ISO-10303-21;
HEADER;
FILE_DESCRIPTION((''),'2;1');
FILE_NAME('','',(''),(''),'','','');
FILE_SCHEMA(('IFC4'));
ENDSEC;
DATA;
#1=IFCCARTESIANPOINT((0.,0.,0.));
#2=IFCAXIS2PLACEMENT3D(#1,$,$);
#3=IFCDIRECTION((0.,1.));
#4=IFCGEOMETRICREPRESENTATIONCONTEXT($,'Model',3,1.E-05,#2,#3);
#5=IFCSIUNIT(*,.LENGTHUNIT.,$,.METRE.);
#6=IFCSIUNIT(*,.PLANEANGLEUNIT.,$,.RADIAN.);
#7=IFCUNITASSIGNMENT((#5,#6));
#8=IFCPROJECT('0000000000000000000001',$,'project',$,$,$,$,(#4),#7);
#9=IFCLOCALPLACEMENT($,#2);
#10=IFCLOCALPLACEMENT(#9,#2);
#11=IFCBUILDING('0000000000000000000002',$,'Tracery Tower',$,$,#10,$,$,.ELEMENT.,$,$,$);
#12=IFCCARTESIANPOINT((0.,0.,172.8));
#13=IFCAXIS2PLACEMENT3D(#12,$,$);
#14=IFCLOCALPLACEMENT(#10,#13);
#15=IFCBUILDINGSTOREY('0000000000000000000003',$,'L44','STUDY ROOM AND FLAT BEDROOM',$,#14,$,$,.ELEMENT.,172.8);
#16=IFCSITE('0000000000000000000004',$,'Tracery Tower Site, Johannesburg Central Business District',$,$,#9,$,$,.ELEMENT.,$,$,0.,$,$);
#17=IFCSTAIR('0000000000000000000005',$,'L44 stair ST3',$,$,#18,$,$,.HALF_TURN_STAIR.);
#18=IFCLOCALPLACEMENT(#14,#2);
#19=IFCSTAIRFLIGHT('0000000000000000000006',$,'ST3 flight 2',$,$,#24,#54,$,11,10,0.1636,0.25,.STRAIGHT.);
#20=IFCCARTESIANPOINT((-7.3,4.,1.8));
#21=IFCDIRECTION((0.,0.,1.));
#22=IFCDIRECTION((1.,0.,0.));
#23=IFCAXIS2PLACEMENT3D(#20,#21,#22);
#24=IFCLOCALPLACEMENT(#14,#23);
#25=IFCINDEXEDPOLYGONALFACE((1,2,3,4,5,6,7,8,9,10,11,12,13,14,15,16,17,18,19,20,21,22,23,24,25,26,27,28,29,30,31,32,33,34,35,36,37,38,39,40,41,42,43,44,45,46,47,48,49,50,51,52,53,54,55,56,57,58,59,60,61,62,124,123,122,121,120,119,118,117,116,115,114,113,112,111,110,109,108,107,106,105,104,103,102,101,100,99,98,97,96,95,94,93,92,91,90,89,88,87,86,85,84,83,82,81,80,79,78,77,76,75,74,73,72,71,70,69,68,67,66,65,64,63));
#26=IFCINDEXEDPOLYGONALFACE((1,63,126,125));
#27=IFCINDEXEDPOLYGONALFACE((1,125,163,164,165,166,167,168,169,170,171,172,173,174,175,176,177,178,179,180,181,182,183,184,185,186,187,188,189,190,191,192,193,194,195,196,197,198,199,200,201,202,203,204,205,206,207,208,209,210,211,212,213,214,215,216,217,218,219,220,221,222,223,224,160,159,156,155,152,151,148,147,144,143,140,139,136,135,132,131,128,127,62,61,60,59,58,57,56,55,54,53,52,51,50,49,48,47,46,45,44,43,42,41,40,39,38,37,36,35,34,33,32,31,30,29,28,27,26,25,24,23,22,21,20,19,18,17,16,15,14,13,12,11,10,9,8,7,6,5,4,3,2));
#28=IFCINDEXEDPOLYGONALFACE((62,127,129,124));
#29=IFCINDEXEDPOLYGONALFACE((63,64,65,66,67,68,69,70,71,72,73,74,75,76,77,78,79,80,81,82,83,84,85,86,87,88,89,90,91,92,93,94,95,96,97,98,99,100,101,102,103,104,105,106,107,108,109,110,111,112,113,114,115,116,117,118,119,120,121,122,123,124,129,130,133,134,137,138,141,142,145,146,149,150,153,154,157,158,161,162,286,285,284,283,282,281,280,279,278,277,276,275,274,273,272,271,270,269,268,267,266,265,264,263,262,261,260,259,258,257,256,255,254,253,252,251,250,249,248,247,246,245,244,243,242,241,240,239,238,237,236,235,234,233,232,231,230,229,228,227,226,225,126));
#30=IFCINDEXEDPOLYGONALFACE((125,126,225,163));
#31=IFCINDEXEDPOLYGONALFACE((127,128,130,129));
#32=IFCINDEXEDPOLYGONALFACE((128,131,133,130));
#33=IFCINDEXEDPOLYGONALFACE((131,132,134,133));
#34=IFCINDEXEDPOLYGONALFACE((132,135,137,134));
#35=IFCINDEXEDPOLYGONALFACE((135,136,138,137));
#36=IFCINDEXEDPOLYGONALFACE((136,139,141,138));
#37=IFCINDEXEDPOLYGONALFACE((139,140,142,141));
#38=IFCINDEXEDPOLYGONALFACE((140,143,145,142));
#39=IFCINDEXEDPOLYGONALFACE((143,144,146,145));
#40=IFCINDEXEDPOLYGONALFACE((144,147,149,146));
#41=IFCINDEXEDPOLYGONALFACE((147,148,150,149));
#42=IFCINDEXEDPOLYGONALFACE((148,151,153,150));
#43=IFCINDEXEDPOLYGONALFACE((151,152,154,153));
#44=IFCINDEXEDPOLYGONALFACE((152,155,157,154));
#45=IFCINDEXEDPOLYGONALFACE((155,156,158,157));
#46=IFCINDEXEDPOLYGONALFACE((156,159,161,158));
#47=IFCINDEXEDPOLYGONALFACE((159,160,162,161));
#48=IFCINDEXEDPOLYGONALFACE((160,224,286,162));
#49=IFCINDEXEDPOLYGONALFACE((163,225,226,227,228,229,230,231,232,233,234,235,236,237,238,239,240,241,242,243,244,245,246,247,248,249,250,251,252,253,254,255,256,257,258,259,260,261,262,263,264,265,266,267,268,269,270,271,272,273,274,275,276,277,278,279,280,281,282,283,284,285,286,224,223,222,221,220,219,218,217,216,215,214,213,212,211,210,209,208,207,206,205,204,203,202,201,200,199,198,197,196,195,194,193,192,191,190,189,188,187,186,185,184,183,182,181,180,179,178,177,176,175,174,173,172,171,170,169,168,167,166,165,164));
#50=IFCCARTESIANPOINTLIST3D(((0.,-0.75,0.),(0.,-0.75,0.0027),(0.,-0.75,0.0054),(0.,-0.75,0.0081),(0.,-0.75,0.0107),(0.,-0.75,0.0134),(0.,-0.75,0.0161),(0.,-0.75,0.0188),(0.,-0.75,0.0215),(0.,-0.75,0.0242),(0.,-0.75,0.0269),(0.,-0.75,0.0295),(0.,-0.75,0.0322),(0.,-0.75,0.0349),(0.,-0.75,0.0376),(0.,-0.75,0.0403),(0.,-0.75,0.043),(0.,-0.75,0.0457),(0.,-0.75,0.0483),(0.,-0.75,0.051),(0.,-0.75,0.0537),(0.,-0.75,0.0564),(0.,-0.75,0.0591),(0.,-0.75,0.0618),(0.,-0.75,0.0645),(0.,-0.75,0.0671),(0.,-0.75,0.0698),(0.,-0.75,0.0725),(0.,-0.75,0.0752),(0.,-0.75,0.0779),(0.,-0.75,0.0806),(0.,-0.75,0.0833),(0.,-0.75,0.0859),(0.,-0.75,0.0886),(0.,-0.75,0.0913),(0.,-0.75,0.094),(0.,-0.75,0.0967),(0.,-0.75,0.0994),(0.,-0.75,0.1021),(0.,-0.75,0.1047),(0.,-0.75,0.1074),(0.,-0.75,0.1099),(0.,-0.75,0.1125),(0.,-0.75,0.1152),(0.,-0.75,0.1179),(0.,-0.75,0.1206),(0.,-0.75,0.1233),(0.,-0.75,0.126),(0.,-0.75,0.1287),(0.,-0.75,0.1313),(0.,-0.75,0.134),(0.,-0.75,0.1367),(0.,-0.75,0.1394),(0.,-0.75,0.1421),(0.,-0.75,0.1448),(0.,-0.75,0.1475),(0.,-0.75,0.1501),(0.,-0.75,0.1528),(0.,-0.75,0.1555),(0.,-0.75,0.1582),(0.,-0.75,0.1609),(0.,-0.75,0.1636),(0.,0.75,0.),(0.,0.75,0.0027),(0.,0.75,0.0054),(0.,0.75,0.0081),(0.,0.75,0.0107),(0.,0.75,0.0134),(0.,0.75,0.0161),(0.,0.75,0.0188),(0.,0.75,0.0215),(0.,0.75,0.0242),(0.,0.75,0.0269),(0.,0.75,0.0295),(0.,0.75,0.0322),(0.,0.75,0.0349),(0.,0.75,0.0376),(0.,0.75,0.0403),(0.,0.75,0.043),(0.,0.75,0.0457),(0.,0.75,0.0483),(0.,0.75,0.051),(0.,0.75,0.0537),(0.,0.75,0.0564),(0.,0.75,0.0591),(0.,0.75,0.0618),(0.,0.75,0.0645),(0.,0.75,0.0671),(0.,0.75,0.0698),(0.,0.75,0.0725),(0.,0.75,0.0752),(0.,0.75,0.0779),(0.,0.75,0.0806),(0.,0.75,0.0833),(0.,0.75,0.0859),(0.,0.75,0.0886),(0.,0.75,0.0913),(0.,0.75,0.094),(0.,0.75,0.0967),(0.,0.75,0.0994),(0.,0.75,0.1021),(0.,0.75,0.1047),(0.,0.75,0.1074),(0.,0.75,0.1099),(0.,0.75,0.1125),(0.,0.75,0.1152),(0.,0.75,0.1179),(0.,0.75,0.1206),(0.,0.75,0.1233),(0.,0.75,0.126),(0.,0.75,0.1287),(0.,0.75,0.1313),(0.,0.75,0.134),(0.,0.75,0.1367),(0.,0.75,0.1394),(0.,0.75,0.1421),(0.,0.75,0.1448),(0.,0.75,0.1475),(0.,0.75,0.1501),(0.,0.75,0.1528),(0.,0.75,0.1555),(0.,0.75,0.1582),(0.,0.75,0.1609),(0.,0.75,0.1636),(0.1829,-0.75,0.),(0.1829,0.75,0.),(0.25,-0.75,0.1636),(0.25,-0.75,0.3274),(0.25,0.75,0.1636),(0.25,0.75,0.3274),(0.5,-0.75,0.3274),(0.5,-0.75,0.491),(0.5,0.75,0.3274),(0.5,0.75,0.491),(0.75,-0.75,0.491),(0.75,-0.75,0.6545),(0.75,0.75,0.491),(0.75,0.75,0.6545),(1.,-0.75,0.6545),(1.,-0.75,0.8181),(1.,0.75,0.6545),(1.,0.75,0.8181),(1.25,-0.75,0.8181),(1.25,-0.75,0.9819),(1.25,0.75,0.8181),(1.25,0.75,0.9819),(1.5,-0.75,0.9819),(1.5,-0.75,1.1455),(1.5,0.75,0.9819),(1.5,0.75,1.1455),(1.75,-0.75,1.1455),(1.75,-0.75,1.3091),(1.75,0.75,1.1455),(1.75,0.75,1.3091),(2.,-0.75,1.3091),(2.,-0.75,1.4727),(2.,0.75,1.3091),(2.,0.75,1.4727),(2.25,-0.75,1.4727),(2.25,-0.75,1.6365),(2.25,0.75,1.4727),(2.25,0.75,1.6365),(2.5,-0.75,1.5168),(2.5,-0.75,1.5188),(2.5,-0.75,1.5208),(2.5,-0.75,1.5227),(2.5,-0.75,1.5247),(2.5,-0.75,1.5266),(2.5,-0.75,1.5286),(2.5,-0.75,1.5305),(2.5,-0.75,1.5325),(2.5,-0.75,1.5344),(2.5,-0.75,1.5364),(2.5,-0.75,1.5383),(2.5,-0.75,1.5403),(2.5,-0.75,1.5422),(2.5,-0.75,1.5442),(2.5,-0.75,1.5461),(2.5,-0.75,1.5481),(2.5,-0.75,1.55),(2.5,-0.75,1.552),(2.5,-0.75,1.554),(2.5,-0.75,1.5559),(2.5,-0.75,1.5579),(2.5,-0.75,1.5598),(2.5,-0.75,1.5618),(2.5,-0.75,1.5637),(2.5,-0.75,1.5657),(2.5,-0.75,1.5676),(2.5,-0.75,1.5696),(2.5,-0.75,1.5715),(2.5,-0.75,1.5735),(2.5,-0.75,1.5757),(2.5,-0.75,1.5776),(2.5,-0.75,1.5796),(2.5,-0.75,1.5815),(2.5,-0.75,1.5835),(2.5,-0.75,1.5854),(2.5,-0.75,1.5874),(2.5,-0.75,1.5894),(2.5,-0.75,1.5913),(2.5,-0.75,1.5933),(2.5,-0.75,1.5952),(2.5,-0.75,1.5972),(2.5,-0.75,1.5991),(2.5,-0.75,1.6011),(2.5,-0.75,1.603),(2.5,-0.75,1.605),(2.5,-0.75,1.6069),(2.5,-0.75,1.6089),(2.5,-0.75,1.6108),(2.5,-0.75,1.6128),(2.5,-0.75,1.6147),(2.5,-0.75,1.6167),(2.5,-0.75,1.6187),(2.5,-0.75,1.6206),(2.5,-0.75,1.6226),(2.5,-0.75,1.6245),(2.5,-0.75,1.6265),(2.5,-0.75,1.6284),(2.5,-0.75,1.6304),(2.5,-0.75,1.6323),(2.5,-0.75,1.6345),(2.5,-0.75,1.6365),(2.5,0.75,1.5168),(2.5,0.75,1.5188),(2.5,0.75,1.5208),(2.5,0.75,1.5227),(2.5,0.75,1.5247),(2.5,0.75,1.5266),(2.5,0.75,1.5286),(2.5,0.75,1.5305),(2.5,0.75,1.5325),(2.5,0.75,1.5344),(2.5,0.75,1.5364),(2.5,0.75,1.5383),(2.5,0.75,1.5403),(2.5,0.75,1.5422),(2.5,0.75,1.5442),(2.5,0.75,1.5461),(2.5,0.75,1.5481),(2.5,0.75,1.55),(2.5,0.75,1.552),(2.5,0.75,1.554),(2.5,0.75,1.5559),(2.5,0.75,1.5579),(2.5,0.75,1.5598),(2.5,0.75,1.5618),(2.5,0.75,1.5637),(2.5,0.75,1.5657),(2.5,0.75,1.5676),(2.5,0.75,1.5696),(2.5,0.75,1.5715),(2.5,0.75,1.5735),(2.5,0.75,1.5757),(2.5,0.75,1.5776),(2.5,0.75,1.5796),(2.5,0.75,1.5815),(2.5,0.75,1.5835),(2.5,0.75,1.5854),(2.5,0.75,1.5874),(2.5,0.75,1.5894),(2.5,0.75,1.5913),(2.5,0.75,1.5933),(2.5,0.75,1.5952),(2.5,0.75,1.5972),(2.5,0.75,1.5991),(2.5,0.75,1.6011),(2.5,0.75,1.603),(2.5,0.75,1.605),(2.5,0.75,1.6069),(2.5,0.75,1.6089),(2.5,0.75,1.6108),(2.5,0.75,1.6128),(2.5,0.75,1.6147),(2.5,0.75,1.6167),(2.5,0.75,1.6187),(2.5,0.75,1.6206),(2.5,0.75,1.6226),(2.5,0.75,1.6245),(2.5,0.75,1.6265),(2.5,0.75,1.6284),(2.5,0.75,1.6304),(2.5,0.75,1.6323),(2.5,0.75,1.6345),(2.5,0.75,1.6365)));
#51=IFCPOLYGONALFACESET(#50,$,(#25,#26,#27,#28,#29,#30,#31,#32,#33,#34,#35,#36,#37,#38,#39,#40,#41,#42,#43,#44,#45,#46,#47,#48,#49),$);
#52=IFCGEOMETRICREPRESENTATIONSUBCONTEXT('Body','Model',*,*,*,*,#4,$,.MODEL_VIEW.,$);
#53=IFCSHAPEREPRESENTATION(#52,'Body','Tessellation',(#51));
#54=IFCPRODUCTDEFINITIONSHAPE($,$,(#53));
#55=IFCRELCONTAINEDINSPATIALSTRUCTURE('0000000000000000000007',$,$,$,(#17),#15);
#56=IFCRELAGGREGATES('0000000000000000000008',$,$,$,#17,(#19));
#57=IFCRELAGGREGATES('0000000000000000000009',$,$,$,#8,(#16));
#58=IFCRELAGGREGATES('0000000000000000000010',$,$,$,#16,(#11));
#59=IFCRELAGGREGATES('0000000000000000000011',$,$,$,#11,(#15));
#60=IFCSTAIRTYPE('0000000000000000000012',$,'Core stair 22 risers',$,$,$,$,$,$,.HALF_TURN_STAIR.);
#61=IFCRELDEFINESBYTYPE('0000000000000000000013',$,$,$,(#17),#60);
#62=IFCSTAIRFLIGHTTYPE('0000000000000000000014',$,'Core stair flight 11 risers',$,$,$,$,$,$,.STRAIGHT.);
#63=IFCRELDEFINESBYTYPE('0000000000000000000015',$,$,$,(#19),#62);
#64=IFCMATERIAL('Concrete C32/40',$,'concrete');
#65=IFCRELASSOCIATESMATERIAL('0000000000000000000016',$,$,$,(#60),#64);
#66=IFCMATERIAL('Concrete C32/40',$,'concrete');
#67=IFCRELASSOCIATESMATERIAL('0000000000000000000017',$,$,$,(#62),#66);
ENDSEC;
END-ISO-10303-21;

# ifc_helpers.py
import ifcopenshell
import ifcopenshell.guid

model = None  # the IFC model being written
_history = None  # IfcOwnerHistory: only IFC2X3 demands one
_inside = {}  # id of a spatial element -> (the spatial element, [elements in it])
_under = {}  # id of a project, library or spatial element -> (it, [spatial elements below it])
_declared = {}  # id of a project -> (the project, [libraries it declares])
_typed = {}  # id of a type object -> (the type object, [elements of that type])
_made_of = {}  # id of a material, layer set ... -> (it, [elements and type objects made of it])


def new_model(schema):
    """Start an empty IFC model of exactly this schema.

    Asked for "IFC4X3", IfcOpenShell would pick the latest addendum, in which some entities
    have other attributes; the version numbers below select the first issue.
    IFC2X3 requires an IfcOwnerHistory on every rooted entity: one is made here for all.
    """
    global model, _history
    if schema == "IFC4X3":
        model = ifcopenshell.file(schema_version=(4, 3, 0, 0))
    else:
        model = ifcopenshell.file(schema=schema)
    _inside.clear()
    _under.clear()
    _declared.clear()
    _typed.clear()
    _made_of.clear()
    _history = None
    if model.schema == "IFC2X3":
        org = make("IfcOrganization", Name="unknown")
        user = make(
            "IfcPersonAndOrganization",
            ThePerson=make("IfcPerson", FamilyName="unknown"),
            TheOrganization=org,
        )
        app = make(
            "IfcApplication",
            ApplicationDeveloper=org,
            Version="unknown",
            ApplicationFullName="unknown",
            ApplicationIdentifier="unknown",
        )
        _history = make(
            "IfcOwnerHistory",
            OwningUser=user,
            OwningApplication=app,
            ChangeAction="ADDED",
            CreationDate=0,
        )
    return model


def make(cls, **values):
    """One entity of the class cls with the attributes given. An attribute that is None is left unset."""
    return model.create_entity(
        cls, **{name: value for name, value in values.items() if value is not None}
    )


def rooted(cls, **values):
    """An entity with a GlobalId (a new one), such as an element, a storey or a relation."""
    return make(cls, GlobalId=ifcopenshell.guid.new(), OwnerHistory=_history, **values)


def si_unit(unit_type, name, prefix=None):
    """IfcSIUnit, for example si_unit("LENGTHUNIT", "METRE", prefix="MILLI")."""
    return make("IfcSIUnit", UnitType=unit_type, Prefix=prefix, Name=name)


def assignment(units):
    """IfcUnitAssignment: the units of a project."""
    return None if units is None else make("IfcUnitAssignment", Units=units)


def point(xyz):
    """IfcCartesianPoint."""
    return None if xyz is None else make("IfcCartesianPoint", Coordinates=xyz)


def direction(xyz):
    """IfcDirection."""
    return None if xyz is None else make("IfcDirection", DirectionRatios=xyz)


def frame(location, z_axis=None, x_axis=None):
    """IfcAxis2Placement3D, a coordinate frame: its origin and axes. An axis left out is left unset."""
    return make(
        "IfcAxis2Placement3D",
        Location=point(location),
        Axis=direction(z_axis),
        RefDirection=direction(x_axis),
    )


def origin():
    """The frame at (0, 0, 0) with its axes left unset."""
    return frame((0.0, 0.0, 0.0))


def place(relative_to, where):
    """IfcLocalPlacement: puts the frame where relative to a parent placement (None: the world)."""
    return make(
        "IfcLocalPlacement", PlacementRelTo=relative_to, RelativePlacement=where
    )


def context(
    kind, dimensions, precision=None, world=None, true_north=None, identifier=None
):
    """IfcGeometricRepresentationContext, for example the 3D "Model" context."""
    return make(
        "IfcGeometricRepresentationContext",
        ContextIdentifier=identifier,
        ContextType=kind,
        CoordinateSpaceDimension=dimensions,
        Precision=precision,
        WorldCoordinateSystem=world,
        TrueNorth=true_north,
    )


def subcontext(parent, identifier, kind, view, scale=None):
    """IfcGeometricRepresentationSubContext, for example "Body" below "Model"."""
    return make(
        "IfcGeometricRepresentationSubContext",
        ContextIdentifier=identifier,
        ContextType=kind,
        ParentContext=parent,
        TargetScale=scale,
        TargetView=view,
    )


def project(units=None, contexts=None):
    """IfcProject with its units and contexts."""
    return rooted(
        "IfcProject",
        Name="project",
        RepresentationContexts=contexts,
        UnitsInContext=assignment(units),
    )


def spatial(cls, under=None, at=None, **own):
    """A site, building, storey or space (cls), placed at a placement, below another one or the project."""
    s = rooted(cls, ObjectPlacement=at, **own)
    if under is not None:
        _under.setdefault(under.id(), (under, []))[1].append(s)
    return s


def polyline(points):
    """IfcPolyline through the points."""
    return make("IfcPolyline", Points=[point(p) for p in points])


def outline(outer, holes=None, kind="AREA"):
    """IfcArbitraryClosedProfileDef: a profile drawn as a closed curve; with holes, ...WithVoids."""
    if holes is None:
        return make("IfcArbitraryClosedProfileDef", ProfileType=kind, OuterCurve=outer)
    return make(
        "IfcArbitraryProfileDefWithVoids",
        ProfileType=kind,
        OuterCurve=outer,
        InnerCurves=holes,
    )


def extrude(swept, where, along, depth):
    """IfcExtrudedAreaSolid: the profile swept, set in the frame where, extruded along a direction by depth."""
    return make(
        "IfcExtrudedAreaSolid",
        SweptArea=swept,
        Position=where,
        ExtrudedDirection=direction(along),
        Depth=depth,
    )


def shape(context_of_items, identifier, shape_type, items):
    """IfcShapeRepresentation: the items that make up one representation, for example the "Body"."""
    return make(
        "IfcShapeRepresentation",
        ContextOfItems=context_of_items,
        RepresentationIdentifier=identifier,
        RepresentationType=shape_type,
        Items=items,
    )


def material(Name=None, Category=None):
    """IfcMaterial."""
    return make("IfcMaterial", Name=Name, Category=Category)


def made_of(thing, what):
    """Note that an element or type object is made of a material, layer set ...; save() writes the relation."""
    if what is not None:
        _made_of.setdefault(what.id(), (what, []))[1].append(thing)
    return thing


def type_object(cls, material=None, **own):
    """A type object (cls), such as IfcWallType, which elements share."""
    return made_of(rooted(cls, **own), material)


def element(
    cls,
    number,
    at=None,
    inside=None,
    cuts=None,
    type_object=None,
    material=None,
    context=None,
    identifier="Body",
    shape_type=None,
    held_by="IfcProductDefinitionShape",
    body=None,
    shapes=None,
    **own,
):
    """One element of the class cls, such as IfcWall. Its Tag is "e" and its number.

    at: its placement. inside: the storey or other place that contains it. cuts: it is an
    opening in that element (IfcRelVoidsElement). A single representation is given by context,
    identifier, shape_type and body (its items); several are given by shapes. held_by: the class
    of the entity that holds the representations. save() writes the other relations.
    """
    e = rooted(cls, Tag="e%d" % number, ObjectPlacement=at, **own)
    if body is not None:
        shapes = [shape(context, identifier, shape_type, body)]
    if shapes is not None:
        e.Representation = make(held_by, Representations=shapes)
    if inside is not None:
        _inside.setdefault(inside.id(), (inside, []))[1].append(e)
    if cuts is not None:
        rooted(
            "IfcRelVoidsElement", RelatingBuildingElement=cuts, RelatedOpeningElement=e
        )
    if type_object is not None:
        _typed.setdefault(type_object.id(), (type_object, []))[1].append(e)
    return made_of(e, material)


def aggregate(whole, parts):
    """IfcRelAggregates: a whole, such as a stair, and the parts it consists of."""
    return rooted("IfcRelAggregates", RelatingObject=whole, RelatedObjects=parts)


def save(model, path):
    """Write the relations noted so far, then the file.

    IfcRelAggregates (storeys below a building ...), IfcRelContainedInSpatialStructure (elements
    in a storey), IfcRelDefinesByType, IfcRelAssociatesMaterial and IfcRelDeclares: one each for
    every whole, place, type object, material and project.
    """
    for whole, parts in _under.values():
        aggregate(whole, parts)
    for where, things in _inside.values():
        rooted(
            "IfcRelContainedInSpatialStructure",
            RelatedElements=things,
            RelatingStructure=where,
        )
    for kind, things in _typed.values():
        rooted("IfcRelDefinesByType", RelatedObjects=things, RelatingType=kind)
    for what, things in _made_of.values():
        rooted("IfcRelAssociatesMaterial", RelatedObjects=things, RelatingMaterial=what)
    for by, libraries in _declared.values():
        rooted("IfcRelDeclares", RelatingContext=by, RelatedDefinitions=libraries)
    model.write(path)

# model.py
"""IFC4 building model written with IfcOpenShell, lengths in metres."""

from ifc_helpers import new_model, si_unit, direction, frame, origin, place, context, subcontext, project, spatial, polyline, outline, extrude, material, type_object, element, aggregate, save


model = new_model("IFC4")

# Units and contexts
model_context = context("Model", 3, precision=1e-05, world=origin(), true_north=direction((0.0, 1.0)))
body_context = subcontext(model_context, "Body", "Model", "MODEL_VIEW")
ifc_project = project(units=[si_unit("LENGTHUNIT", "METRE"), si_unit("PLANEANGLEUNIT", "RADIAN")], contexts=[model_context])

# Site, building, storey
site_placement = place(None, origin())
site = spatial("IfcSite", under=ifc_project, at=site_placement, Name="Tracery Tower Site, Johannesburg Central Business District", CompositionType="ELEMENT", RefElevation=0.0)
building_placement = place(site_placement, origin())
building = spatial("IfcBuilding", under=site, at=building_placement, Name="Tracery Tower", CompositionType="ELEMENT")
storey_placement = place(building_placement, frame((0.0, 0.0, 172.8)))
storey = spatial("IfcBuildingStorey", under=building, at=storey_placement, Name="L44", Description="STUDY ROOM AND FLAT BEDROOM", CompositionType="ELEMENT", Elevation=172.8)

# Stair, stair flight
ifc_material_1 = material(Name="Concrete C32/40", Category="concrete")
stair_type = type_object("IfcStairType", Name="Core stair 22 risers", PredefinedType="HALF_TURN_STAIR", material=ifc_material_1)
stair_placement = place(storey_placement, origin())
stair = element("IfcStair", 1, at=stair_placement, inside=storey, type_object=stair_type, Name="L44 stair ST3", PredefinedType="HALF_TURN_STAIR")
ifc_material_2 = material(Name="Concrete C32/40", Category="concrete")
stair_flight_type = type_object("IfcStairFlightType", Name="Core stair flight 11 risers", PredefinedType="STRAIGHT", material=ifc_material_2)
stair_flight_1_placement = place(storey_placement, frame((-7.3, 4.0, 1.8), z_axis=(0.0, 0.0, 1.0), x_axis=(1.0, 0.0, 0.0)))
stair_flight_1 = element("IfcStairFlight", 2, at=stair_flight_1_placement, type_object=stair_flight_type, Name="ST3 flight 2", NumberOfRisers=11, NumberOfTreads=10, PredefinedType="STRAIGHT", RiserHeight=0.1636, TreadLength=0.25, context=body_context, shape_type="SweptSolid", body=[
    extrude(outline(polyline([(0.0, 0.0), (0.0, 0.0027), (0.0, 0.0054), (0.0, 0.0081), (0.0, 0.0107), (0.0, 0.0134), (0.0, 0.0161), (0.0, 0.0188), (0.0, 0.0215), (0.0, 0.0242), (0.0, 0.0269), (0.0, 0.0295), (0.0, 0.0322), (0.0, 0.0349), (0.0, 0.0376), (0.0, 0.0403), (0.0, 0.043), (0.0, 0.0457), (0.0, 0.0483), (0.0, 0.051), (0.0, 0.0537), (0.0, 0.0564), (0.0, 0.0591), (0.0, 0.0618), (0.0, 0.0645), (0.0, 0.0671), (0.0, 0.0698), (0.0, 0.0725), (0.0, 0.0752), (0.0, 0.0779), (0.0, 0.0806), (0.0, 0.0833), (0.0, 0.0859), (0.0, 0.0886), (0.0, 0.0913), (0.0, 0.094), (0.0, 0.0967), (0.0, 0.0994), (0.0, 0.1021), (0.0, 0.1047), (0.0, 0.1074), (0.0, 0.1099), (0.0, 0.1125), (0.0, 0.1152), (0.0, 0.1179), (0.0, 0.1206), (0.0, 0.1233), (0.0, 0.126), (0.0, 0.1287), (0.0, 0.1313), (0.0, 0.134), (0.0, 0.1367), (0.0, 0.1394), (0.0, 0.1421), (0.0, 0.1448), (0.0, 0.1475), (0.0, 0.1501), (0.0, 0.1528), (0.0, 0.1555), (0.0, 0.1582), (0.0, 0.1609), (0.0, 0.1636), (0.25, 0.1636), (0.25, 0.3274), (0.5, 0.3274), (0.5, 0.491), (0.75, 0.491), (0.75, 0.6545), (1.0, 0.6545), (1.0, 0.8181), (1.25, 0.8181), (1.25, 0.9819), (1.5, 0.9819), (1.5, 1.1455), (1.75, 1.1455), (1.75, 1.3091), (2.0, 1.3091), (2.0, 1.4727), (2.25, 1.4727), (2.25, 1.6365), (2.5, 1.6365), (2.5, 1.6345), (2.5, 1.6323), (2.5, 1.6304), (2.5, 1.6284), (2.5, 1.6265), (2.5, 1.6245), (2.5, 1.6226), (2.5, 1.6206), (2.5, 1.6187), (2.5, 1.6167), (2.5, 1.6147), (2.5, 1.6128), (2.5, 1.6108), (2.5, 1.6089), (2.5, 1.6069), (2.5, 1.605), (2.5, 1.603), (2.5, 1.6011), (2.5, 1.5991), (2.5, 1.5972), (2.5, 1.5952), (2.5, 1.5933), (2.5, 1.5913), (2.5, 1.5894), (2.5, 1.5874), (2.5, 1.5854), (2.5, 1.5835), (2.5, 1.5815), (2.5, 1.5796), (2.5, 1.5776), (2.5, 1.5757), (2.5, 1.5735), (2.5, 1.5715), (2.5, 1.5696), (2.5, 1.5676), (2.5, 1.5657), (2.5, 1.5637), (2.5, 1.5618), (2.5, 1.5598), (2.5, 1.5579), (2.5, 1.5559), (2.5, 1.554), (2.5, 1.552), (2.5, 1.55), (2.5, 1.5481), (2.5, 1.5461), (2.5, 1.5442), (2.5, 1.5422), (2.5, 1.5403), (2.5, 1.5383), (2.5, 1.5364), (2.5, 1.5344), (2.5, 1.5325), (2.5, 1.5305), (2.5, 1.5286), (2.5, 1.5266), (2.5, 1.5247), (2.5, 1.5227), (2.5, 1.5208), (2.5, 1.5188), (2.5, 1.5168), (0.1829, 0.0), (0.0, 0.0)])), frame((0.0, 0.75, 0.0), z_axis=(0.0, -1.0, 0.0), x_axis=(1.0, 0.0, 0.0)), (0.0, 0.0, 1.0), 1.5),
])
aggregate(stair, [stair_flight_1])

save(model, "model.ifc")
